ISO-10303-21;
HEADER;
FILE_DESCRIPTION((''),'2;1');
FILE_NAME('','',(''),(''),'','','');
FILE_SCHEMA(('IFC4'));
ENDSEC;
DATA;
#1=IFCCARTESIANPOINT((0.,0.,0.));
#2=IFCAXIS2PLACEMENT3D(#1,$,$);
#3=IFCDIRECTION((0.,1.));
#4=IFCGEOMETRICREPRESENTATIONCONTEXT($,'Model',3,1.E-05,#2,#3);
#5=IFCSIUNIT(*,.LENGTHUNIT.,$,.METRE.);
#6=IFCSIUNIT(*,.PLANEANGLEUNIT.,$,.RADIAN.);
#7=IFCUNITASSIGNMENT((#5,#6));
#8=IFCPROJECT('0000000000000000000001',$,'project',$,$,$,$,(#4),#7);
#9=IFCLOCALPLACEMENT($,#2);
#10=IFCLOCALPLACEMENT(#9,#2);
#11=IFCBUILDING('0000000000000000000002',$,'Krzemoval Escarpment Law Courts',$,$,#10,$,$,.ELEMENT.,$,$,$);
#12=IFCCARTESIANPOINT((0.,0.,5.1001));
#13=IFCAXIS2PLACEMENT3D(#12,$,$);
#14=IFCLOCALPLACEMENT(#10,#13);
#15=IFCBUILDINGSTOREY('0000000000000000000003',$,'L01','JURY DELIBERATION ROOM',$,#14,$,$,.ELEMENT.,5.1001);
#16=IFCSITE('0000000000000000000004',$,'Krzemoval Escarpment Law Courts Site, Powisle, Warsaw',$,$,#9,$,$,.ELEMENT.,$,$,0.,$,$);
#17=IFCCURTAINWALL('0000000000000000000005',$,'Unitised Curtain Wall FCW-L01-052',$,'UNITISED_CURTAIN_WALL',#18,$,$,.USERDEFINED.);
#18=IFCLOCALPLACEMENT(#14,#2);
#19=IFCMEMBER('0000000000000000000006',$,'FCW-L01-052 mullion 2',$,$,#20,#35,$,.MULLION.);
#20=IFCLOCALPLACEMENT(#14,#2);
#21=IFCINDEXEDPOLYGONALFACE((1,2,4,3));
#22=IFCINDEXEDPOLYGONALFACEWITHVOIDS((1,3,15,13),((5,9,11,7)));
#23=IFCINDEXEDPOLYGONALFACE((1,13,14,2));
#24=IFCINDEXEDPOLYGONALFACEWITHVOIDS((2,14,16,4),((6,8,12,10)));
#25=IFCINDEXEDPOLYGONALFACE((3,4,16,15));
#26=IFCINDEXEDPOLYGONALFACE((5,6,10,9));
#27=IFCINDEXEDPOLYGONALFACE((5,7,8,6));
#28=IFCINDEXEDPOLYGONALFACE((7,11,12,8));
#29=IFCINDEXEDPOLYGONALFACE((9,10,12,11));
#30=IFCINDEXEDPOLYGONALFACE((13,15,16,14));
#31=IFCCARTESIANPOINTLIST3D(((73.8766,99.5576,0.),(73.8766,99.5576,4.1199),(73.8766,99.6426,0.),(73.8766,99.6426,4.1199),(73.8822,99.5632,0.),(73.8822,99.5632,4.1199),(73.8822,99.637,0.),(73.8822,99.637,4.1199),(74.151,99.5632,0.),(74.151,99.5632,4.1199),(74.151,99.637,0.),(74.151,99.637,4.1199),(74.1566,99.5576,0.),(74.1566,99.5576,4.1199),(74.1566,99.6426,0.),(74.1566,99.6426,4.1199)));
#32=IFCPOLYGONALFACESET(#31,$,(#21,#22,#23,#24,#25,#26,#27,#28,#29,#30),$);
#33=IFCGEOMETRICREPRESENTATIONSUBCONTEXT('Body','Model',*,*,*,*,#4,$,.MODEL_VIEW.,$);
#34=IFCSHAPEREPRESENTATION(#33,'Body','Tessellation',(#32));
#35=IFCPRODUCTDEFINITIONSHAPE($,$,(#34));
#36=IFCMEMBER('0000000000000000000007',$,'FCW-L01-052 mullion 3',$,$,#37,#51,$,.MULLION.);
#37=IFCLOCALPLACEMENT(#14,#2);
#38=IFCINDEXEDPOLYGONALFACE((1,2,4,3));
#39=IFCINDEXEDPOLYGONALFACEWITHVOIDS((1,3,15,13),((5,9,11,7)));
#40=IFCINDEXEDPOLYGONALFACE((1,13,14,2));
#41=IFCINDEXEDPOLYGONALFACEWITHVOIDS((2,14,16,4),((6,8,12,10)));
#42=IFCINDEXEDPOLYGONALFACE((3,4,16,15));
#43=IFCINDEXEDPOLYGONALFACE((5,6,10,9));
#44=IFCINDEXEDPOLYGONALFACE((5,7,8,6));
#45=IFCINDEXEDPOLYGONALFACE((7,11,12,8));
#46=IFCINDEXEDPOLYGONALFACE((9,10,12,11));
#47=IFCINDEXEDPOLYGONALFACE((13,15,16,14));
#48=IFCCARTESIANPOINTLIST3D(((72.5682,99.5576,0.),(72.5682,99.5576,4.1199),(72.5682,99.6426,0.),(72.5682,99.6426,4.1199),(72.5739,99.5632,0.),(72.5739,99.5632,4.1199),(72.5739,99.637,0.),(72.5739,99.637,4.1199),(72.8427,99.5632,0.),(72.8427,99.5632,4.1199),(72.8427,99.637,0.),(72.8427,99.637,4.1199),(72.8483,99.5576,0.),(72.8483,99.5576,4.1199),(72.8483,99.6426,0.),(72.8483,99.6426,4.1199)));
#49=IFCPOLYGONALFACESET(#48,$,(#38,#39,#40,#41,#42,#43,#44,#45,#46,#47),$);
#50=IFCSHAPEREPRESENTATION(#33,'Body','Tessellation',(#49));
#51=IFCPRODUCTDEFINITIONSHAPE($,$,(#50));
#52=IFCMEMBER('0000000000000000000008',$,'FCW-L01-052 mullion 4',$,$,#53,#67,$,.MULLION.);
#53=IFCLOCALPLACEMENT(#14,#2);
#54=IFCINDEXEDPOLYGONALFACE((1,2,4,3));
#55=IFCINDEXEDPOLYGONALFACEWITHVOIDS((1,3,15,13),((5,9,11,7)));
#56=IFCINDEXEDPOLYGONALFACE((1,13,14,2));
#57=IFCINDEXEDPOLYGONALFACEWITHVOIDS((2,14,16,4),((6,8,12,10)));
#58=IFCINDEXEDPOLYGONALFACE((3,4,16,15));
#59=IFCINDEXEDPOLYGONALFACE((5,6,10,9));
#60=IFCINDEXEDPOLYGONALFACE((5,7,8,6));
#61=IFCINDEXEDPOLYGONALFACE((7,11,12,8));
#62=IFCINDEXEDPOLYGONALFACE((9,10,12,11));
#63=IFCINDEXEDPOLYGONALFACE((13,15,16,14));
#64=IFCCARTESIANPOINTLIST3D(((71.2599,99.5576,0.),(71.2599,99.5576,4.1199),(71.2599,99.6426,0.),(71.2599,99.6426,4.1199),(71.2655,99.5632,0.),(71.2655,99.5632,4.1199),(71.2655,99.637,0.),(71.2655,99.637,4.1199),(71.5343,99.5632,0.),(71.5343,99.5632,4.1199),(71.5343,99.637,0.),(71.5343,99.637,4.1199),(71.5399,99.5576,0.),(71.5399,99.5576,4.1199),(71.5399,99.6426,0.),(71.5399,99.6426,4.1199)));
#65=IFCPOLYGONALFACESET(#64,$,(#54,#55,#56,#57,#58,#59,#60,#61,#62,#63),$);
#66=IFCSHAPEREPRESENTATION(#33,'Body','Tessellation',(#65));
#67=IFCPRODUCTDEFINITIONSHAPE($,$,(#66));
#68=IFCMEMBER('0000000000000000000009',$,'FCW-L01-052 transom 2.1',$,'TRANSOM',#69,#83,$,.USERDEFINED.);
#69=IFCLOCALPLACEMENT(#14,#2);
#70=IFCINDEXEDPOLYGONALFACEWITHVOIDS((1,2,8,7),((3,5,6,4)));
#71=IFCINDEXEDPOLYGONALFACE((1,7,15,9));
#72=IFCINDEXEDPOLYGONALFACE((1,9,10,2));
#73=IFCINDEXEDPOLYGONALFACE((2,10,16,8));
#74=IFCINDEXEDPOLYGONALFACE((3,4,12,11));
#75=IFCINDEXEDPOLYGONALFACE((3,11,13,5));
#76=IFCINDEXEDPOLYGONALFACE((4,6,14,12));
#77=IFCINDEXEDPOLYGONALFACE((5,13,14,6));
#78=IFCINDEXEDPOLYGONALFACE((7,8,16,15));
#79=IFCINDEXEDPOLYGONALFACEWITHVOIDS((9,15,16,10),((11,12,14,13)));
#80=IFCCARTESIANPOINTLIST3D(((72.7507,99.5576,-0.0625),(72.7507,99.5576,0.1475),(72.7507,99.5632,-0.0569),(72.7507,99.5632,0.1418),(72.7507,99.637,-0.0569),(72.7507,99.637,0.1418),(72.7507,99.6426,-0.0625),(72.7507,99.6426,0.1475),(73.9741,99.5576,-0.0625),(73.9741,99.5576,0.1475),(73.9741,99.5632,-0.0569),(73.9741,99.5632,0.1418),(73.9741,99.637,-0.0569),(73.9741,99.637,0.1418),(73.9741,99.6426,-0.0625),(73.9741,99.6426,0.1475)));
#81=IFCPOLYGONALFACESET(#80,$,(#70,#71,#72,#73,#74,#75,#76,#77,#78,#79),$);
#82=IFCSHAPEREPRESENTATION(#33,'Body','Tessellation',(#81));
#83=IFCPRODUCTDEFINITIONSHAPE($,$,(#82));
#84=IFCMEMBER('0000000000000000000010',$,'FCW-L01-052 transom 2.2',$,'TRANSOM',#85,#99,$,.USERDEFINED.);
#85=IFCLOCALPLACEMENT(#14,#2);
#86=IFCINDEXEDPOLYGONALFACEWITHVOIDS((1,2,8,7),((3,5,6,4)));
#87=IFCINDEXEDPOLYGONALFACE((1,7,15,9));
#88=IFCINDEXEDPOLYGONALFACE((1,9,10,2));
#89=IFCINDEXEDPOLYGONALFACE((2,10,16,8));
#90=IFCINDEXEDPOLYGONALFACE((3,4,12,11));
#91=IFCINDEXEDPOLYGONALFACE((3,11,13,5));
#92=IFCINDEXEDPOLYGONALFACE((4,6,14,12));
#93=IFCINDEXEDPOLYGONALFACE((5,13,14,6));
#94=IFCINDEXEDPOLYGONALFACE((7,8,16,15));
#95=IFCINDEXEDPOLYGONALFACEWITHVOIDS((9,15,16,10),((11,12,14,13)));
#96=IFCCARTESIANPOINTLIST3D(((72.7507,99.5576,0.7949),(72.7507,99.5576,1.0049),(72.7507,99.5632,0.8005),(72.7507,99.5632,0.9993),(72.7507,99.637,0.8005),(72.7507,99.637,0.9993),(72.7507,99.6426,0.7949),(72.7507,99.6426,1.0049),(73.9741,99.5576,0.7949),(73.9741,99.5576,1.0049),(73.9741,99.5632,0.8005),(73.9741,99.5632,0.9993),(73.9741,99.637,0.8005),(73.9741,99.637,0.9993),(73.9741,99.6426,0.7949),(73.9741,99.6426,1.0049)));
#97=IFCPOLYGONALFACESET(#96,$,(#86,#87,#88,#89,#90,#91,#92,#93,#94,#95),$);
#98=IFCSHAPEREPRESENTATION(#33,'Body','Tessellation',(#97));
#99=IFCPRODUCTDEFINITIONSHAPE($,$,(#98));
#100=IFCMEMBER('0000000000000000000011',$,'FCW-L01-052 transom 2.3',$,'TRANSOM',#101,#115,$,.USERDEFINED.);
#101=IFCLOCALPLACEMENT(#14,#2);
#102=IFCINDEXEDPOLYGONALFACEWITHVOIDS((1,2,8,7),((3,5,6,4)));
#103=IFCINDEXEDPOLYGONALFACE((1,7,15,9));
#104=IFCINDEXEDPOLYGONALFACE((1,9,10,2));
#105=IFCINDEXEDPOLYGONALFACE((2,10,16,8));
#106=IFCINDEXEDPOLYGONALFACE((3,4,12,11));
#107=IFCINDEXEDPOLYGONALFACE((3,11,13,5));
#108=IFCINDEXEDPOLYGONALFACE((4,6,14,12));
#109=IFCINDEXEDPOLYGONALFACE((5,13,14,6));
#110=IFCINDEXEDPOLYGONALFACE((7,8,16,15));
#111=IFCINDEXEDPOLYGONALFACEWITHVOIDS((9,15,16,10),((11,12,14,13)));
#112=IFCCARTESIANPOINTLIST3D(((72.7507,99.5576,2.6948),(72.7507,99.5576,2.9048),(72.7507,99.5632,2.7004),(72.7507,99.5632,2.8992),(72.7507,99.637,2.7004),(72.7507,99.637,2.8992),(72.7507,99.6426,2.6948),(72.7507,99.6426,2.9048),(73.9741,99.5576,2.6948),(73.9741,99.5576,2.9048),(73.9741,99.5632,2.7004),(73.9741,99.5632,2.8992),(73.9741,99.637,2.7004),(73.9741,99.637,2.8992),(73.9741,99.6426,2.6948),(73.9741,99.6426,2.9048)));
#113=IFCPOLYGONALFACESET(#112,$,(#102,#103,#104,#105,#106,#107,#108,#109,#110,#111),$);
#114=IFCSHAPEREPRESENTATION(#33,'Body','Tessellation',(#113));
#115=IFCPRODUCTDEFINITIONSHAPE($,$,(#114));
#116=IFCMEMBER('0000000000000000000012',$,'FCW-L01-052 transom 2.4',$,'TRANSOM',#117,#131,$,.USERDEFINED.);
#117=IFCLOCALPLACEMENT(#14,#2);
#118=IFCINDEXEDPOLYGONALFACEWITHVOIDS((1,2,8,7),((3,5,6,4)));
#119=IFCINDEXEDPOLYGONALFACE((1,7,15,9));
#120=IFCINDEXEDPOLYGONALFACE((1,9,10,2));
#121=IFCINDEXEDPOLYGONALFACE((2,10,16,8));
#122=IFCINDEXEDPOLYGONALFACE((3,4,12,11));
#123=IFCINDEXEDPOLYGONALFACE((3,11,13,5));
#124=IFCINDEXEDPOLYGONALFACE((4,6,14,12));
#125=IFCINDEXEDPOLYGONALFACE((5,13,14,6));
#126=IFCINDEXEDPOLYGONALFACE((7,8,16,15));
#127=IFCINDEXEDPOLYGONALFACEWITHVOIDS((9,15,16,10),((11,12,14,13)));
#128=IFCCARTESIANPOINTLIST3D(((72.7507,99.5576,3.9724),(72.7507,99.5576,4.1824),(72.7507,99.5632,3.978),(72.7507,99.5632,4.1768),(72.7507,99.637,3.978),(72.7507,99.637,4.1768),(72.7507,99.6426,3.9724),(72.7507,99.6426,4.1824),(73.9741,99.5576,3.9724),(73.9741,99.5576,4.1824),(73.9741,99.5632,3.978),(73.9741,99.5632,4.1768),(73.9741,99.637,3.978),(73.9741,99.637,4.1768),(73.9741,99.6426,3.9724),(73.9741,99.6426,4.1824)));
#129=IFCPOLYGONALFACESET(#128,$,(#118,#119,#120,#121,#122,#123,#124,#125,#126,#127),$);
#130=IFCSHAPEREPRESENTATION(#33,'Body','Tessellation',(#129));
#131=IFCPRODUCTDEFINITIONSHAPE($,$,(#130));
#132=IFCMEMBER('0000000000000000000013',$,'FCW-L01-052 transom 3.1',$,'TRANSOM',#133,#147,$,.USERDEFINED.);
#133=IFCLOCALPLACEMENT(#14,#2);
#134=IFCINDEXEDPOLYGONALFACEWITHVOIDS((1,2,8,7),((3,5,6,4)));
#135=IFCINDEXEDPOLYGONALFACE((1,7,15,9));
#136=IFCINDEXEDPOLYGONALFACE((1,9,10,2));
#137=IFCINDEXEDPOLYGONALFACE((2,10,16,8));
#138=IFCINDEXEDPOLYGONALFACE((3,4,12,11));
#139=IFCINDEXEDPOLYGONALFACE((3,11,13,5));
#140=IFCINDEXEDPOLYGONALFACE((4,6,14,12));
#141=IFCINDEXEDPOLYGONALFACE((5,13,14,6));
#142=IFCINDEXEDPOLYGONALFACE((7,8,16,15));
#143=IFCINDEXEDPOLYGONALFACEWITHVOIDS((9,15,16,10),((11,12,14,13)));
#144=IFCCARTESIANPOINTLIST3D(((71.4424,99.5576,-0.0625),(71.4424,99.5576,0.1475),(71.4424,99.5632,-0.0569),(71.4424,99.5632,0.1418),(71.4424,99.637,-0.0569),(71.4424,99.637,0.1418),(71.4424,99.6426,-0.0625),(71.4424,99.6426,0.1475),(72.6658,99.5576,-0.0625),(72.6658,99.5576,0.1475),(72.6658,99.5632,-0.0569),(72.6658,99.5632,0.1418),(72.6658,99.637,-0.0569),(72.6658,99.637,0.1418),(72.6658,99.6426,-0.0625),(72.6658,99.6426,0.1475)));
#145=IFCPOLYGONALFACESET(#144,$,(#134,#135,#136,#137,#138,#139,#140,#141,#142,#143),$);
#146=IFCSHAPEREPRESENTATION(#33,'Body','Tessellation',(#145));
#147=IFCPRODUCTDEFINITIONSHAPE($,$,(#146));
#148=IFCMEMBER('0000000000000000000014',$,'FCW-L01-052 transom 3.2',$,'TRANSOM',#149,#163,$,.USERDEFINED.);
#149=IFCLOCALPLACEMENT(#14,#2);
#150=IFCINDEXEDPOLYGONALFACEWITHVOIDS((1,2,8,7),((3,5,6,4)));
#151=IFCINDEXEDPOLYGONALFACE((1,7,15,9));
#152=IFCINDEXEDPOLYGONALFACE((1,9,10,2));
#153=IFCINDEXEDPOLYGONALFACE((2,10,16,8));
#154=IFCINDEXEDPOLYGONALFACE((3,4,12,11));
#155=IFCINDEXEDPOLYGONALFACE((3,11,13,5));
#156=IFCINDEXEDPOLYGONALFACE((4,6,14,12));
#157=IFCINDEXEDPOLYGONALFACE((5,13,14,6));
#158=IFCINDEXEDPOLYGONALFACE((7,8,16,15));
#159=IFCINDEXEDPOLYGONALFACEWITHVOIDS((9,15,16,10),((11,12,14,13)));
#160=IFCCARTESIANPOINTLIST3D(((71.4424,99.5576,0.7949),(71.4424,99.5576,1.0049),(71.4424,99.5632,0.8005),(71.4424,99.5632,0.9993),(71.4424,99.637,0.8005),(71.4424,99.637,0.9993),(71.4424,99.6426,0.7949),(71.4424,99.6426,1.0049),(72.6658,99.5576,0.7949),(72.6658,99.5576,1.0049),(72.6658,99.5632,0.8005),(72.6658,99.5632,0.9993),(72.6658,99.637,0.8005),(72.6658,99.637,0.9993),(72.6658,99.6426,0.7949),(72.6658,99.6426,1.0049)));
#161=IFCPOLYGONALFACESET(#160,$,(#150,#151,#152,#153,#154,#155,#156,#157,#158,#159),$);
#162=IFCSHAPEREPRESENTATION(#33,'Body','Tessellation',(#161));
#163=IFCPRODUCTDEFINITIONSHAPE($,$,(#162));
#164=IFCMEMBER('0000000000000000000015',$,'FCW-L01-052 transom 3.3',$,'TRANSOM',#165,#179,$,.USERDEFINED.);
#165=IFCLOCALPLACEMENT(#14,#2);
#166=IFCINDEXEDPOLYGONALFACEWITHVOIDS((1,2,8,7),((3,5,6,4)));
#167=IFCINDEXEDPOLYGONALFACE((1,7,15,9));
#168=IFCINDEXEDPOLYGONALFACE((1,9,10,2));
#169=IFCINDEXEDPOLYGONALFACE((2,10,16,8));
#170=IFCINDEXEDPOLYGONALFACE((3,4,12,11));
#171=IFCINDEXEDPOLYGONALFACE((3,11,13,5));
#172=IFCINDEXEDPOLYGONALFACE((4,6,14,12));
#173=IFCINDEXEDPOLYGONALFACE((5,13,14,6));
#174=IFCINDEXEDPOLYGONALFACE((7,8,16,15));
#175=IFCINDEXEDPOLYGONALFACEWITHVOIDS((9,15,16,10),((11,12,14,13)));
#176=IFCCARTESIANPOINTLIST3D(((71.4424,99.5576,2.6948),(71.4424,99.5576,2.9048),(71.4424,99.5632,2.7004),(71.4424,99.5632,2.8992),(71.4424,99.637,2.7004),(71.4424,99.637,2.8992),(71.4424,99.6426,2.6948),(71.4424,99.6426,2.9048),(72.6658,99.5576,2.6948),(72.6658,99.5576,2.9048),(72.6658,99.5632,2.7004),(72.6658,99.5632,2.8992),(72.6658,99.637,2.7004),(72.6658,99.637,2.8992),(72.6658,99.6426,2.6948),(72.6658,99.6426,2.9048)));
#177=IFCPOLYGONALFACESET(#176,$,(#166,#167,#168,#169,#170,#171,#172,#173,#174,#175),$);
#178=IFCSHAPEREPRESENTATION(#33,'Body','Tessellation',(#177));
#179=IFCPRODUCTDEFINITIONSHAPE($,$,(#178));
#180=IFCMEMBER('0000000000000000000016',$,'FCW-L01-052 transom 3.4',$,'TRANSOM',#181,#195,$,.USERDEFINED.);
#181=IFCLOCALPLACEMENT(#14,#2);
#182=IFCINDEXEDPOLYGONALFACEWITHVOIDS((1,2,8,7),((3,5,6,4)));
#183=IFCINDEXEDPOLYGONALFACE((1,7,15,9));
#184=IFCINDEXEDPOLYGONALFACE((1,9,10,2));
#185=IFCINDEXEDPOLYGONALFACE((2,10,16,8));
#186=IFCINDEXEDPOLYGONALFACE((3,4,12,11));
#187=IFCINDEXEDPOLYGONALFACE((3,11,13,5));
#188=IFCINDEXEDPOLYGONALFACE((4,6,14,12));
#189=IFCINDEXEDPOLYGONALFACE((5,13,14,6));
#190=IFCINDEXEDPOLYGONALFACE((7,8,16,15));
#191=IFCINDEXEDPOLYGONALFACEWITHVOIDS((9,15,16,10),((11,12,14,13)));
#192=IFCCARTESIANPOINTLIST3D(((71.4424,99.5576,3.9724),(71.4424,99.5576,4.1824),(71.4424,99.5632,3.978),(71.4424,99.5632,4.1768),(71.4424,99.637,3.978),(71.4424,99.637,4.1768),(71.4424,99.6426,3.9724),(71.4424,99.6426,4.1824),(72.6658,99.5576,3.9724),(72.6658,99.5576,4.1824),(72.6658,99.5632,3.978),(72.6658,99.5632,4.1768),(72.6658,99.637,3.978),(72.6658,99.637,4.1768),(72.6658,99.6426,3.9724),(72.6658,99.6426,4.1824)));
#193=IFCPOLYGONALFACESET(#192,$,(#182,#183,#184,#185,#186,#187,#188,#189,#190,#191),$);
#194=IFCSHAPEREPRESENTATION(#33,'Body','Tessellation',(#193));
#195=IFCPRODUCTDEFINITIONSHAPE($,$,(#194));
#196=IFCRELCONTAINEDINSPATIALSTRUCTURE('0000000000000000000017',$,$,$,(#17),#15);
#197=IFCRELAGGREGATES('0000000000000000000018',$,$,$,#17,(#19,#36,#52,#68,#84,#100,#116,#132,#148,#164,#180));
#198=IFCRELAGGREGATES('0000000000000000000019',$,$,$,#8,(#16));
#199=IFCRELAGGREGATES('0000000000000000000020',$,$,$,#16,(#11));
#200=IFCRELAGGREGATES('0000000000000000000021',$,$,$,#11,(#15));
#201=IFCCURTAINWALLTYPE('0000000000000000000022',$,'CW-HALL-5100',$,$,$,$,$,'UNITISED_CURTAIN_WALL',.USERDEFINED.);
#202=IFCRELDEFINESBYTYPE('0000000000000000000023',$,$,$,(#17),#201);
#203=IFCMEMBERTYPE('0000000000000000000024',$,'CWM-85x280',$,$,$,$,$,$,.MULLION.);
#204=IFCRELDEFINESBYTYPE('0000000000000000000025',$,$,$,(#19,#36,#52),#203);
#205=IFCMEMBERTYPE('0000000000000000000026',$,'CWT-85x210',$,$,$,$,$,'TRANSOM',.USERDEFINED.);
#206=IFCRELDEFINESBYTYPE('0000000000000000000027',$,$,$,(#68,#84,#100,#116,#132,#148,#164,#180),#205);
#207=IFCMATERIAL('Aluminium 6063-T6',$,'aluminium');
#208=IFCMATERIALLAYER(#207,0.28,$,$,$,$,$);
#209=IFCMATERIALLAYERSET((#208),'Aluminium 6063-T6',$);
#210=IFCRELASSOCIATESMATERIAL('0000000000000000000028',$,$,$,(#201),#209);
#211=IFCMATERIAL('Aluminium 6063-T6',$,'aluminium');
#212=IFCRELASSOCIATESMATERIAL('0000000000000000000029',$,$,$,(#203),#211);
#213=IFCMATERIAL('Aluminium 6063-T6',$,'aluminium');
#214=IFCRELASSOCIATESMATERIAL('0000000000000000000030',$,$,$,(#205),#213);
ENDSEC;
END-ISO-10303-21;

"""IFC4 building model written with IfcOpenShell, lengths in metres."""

from ifc_helpers import new_model, si_unit, direction, frame, origin, origin_2d, place, context, subcontext, project, spatial, hollow_rectangle, extrude, material, layer, layer_set, material_profile, profile_set, type_object, element, aggregate, save


model = new_model("IFC4")

# Units and contexts
model_context = context("Model", 3, precision=1e-05, world=origin(), true_north=direction((0.0, 1.0)))
body_context = subcontext(model_context, "Body", "Model", "MODEL_VIEW")
ifc_project = project(units=[si_unit("LENGTHUNIT", "METRE"), si_unit("PLANEANGLEUNIT", "RADIAN")], contexts=[model_context])

# Site, building, storey
site_placement = place(None, origin())
site = spatial("IfcSite", under=ifc_project, at=site_placement, Name="Krzemoval Escarpment Law Courts Site, Powisle, Warsaw", CompositionType="ELEMENT", RefElevation=0.0)
building_placement = place(site_placement, origin())
building = spatial("IfcBuilding", under=site, at=building_placement, Name="Krzemoval Escarpment Law Courts", CompositionType="ELEMENT")
storey_placement = place(building_placement, frame((0.0, 0.0, 5.1001)))
storey = spatial("IfcBuildingStorey", under=building, at=storey_placement, Name="L01", Description="JURY DELIBERATION ROOM", CompositionType="ELEMENT", Elevation=5.1001)

# Curtain wall, members
ifc_material_1 = material(Name="Aluminium 6063-T6", Category="aluminium")
ifc_layer_1 = layer(ifc_material_1, 0.28)
ifc_layer_set_1 = layer_set([ifc_layer_1], Name="Aluminium 6063-T6")
curtain_wall_type = type_object("IfcCurtainWallType", Name="CW-HALL-5100", ElementType="UNITISED_CURTAIN_WALL", PredefinedType="USERDEFINED", material=ifc_layer_set_1)
curtain_wall_placement = place(storey_placement, origin())
curtain_wall = element("IfcCurtainWall", 1, at=curtain_wall_placement, inside=storey, type_object=curtain_wall_type, Name="Unitised Curtain Wall FCW-L01-052", ObjectType="UNITISED_CURTAIN_WALL", PredefinedType="USERDEFINED")
ifc_material_2 = material(Name="Aluminium 6063-T6", Category="aluminium")
ifc_material_profile_1 = material_profile(ifc_material_2, hollow_rectangle(XDim=0.085, YDim=0.28, WallThickness=0.0056, at=origin_2d()), Name="ALU M85x280")
ifc_profile_set_1 = profile_set([ifc_material_profile_1], Name="Aluminium 6063-T6")
member_type_1 = type_object("IfcMemberType", Name="CWM-85x280", PredefinedType="MULLION", material=ifc_profile_set_1)
member_1_placement = place(storey_placement, frame((74.0166, 99.6001, 0.0), z_axis=(0.0, 0.0, 1.0), x_axis=(0.0, -1.0, 0.0)))
member_1 = element("IfcMember", 2, at=member_1_placement, type_object=member_type_1, Name="FCW-L01-052 mullion 2", PredefinedType="MULLION", context=body_context, shape_type="SweptSolid", body=[
    extrude(hollow_rectangle(XDim=0.085, YDim=0.28, WallThickness=0.0056, at=origin_2d()), origin(), (0.0, 0.0, 1.0), 4.1199),
])
member_2_placement = place(storey_placement, frame((72.7083, 99.6001, 0.0), z_axis=(0.0, 0.0, 1.0), x_axis=(0.0, -1.0, 0.0)))
member_2 = element("IfcMember", 3, at=member_2_placement, type_object=member_type_1, Name="FCW-L01-052 mullion 3", PredefinedType="MULLION", context=body_context, shape_type="SweptSolid", body=[
    extrude(hollow_rectangle(XDim=0.085, YDim=0.28, WallThickness=0.0056, at=origin_2d()), origin(), (0.0, 0.0, 1.0), 4.1199),
])
member_3_placement = place(storey_placement, frame((71.3999, 99.6001, 0.0), z_axis=(0.0, 0.0, 1.0), x_axis=(0.0, -1.0, 0.0)))
member_3 = element("IfcMember", 4, at=member_3_placement, type_object=member_type_1, Name="FCW-L01-052 mullion 4", PredefinedType="MULLION", context=body_context, shape_type="SweptSolid", body=[
    extrude(hollow_rectangle(XDim=0.085, YDim=0.28, WallThickness=0.0056, at=origin_2d()), origin(), (0.0, 0.0, 1.0), 4.1199),
])
ifc_material_3 = material(Name="Aluminium 6063-T6", Category="aluminium")
ifc_material_profile_2 = material_profile(ifc_material_3, hollow_rectangle(XDim=0.085, YDim=0.21, WallThickness=0.0056, at=origin_2d()), Name="ALU T85x210")
ifc_profile_set_2 = profile_set([ifc_material_profile_2], Name="Aluminium 6063-T6")
member_type_2 = type_object("IfcMemberType", Name="CWT-85x210", ElementType="TRANSOM", PredefinedType="USERDEFINED", material=ifc_profile_set_2)
member_4_placement = place(storey_placement, frame((73.9741, 99.6001, 0.0425), z_axis=(-1.0, 0.0, 0.0), x_axis=(0.0, -1.0, 0.0)))
member_4 = element("IfcMember", 5, at=member_4_placement, type_object=member_type_2, Name="FCW-L01-052 transom 2.1", ObjectType="TRANSOM", PredefinedType="USERDEFINED", context=body_context, shape_type="SweptSolid", body=[
    extrude(hollow_rectangle(XDim=0.085, YDim=0.21, WallThickness=0.0056, at=origin_2d()), origin(), (0.0, 0.0, 1.0), 1.2234),
])
member_5_placement = place(storey_placement, frame((73.9741, 99.6001, 0.8999), z_axis=(-1.0, 0.0, 0.0), x_axis=(0.0, -1.0, 0.0)))
member_5 = element("IfcMember", 6, at=member_5_placement, type_object=member_type_2, Name="FCW-L01-052 transom 2.2", ObjectType="TRANSOM", PredefinedType="USERDEFINED", context=body_context, shape_type="SweptSolid", body=[
    extrude(hollow_rectangle(XDim=0.085, YDim=0.21, WallThickness=0.0056, at=origin_2d()), origin(), (0.0, 0.0, 1.0), 1.2234),
])
member_6_placement = place(storey_placement, frame((73.9741, 99.6001, 2.7998), z_axis=(-1.0, 0.0, 0.0), x_axis=(0.0, -1.0, 0.0)))
member_6 = element("IfcMember", 7, at=member_6_placement, type_object=member_type_2, Name="FCW-L01-052 transom 2.3", ObjectType="TRANSOM", PredefinedType="USERDEFINED", context=body_context, shape_type="SweptSolid", body=[
    extrude(hollow_rectangle(XDim=0.085, YDim=0.21, WallThickness=0.0056, at=origin_2d()), origin(), (0.0, 0.0, 1.0), 1.2234),
])
member_7_placement = place(storey_placement, frame((73.9741, 99.6001, 4.0774), z_axis=(-1.0, 0.0, 0.0), x_axis=(0.0, -1.0, 0.0)))
member_7 = element("IfcMember", 8, at=member_7_placement, type_object=member_type_2, Name="FCW-L01-052 transom 2.4", ObjectType="TRANSOM", PredefinedType="USERDEFINED", context=body_context, shape_type="SweptSolid", body=[
    extrude(hollow_rectangle(XDim=0.085, YDim=0.21, WallThickness=0.0056, at=origin_2d()), origin(), (0.0, 0.0, 1.0), 1.2234),
])
member_8_placement = place(storey_placement, frame((72.6658, 99.6001, 0.0425), z_axis=(-1.0, 0.0, 0.0), x_axis=(0.0, -1.0, 0.0)))
member_8 = element("IfcMember", 9, at=member_8_placement, type_object=member_type_2, Name="FCW-L01-052 transom 3.1", ObjectType="TRANSOM", PredefinedType="USERDEFINED", context=body_context, shape_type="SweptSolid", body=[
    extrude(hollow_rectangle(XDim=0.085, YDim=0.21, WallThickness=0.0056, at=origin_2d()), origin(), (0.0, 0.0, 1.0), 1.2234),
])
member_9_placement = place(storey_placement, frame((72.6658, 99.6001, 0.8999), z_axis=(-1.0, 0.0, 0.0), x_axis=(0.0, -1.0, 0.0)))
member_9 = element("IfcMember", 10, at=member_9_placement, type_object=member_type_2, Name="FCW-L01-052 transom 3.2", ObjectType="TRANSOM", PredefinedType="USERDEFINED", context=body_context, shape_type="SweptSolid", body=[
    extrude(hollow_rectangle(XDim=0.085, YDim=0.21, WallThickness=0.0056, at=origin_2d()), origin(), (0.0, 0.0, 1.0), 1.2234),
])
member_10_placement = place(storey_placement, frame((72.6658, 99.6001, 2.7998), z_axis=(-1.0, 0.0, 0.0), x_axis=(0.0, -1.0, 0.0)))
member_10 = element("IfcMember", 11, at=member_10_placement, type_object=member_type_2, Name="FCW-L01-052 transom 3.3", ObjectType="TRANSOM", PredefinedType="USERDEFINED", context=body_context, shape_type="SweptSolid", body=[
    extrude(hollow_rectangle(XDim=0.085, YDim=0.21, WallThickness=0.0056, at=origin_2d()), origin(), (0.0, 0.0, 1.0), 1.2234),
])
member_11_placement = place(storey_placement, frame((72.6658, 99.6001, 4.0774), z_axis=(-1.0, 0.0, 0.0), x_axis=(0.0, -1.0, 0.0)))
member_11 = element("IfcMember", 12, at=member_11_placement, type_object=member_type_2, Name="FCW-L01-052 transom 3.4", ObjectType="TRANSOM", PredefinedType="USERDEFINED", context=body_context, shape_type="SweptSolid", body=[
    extrude(hollow_rectangle(XDim=0.085, YDim=0.21, WallThickness=0.0056, at=origin_2d()), origin(), (0.0, 0.0, 1.0), 1.2234),
])

aggregate(curtain_wall, [member_1, member_2, member_3, member_4, member_5, member_6, member_7, member_8, member_9, member_10, member_11])

save(model, "model.ifc")
